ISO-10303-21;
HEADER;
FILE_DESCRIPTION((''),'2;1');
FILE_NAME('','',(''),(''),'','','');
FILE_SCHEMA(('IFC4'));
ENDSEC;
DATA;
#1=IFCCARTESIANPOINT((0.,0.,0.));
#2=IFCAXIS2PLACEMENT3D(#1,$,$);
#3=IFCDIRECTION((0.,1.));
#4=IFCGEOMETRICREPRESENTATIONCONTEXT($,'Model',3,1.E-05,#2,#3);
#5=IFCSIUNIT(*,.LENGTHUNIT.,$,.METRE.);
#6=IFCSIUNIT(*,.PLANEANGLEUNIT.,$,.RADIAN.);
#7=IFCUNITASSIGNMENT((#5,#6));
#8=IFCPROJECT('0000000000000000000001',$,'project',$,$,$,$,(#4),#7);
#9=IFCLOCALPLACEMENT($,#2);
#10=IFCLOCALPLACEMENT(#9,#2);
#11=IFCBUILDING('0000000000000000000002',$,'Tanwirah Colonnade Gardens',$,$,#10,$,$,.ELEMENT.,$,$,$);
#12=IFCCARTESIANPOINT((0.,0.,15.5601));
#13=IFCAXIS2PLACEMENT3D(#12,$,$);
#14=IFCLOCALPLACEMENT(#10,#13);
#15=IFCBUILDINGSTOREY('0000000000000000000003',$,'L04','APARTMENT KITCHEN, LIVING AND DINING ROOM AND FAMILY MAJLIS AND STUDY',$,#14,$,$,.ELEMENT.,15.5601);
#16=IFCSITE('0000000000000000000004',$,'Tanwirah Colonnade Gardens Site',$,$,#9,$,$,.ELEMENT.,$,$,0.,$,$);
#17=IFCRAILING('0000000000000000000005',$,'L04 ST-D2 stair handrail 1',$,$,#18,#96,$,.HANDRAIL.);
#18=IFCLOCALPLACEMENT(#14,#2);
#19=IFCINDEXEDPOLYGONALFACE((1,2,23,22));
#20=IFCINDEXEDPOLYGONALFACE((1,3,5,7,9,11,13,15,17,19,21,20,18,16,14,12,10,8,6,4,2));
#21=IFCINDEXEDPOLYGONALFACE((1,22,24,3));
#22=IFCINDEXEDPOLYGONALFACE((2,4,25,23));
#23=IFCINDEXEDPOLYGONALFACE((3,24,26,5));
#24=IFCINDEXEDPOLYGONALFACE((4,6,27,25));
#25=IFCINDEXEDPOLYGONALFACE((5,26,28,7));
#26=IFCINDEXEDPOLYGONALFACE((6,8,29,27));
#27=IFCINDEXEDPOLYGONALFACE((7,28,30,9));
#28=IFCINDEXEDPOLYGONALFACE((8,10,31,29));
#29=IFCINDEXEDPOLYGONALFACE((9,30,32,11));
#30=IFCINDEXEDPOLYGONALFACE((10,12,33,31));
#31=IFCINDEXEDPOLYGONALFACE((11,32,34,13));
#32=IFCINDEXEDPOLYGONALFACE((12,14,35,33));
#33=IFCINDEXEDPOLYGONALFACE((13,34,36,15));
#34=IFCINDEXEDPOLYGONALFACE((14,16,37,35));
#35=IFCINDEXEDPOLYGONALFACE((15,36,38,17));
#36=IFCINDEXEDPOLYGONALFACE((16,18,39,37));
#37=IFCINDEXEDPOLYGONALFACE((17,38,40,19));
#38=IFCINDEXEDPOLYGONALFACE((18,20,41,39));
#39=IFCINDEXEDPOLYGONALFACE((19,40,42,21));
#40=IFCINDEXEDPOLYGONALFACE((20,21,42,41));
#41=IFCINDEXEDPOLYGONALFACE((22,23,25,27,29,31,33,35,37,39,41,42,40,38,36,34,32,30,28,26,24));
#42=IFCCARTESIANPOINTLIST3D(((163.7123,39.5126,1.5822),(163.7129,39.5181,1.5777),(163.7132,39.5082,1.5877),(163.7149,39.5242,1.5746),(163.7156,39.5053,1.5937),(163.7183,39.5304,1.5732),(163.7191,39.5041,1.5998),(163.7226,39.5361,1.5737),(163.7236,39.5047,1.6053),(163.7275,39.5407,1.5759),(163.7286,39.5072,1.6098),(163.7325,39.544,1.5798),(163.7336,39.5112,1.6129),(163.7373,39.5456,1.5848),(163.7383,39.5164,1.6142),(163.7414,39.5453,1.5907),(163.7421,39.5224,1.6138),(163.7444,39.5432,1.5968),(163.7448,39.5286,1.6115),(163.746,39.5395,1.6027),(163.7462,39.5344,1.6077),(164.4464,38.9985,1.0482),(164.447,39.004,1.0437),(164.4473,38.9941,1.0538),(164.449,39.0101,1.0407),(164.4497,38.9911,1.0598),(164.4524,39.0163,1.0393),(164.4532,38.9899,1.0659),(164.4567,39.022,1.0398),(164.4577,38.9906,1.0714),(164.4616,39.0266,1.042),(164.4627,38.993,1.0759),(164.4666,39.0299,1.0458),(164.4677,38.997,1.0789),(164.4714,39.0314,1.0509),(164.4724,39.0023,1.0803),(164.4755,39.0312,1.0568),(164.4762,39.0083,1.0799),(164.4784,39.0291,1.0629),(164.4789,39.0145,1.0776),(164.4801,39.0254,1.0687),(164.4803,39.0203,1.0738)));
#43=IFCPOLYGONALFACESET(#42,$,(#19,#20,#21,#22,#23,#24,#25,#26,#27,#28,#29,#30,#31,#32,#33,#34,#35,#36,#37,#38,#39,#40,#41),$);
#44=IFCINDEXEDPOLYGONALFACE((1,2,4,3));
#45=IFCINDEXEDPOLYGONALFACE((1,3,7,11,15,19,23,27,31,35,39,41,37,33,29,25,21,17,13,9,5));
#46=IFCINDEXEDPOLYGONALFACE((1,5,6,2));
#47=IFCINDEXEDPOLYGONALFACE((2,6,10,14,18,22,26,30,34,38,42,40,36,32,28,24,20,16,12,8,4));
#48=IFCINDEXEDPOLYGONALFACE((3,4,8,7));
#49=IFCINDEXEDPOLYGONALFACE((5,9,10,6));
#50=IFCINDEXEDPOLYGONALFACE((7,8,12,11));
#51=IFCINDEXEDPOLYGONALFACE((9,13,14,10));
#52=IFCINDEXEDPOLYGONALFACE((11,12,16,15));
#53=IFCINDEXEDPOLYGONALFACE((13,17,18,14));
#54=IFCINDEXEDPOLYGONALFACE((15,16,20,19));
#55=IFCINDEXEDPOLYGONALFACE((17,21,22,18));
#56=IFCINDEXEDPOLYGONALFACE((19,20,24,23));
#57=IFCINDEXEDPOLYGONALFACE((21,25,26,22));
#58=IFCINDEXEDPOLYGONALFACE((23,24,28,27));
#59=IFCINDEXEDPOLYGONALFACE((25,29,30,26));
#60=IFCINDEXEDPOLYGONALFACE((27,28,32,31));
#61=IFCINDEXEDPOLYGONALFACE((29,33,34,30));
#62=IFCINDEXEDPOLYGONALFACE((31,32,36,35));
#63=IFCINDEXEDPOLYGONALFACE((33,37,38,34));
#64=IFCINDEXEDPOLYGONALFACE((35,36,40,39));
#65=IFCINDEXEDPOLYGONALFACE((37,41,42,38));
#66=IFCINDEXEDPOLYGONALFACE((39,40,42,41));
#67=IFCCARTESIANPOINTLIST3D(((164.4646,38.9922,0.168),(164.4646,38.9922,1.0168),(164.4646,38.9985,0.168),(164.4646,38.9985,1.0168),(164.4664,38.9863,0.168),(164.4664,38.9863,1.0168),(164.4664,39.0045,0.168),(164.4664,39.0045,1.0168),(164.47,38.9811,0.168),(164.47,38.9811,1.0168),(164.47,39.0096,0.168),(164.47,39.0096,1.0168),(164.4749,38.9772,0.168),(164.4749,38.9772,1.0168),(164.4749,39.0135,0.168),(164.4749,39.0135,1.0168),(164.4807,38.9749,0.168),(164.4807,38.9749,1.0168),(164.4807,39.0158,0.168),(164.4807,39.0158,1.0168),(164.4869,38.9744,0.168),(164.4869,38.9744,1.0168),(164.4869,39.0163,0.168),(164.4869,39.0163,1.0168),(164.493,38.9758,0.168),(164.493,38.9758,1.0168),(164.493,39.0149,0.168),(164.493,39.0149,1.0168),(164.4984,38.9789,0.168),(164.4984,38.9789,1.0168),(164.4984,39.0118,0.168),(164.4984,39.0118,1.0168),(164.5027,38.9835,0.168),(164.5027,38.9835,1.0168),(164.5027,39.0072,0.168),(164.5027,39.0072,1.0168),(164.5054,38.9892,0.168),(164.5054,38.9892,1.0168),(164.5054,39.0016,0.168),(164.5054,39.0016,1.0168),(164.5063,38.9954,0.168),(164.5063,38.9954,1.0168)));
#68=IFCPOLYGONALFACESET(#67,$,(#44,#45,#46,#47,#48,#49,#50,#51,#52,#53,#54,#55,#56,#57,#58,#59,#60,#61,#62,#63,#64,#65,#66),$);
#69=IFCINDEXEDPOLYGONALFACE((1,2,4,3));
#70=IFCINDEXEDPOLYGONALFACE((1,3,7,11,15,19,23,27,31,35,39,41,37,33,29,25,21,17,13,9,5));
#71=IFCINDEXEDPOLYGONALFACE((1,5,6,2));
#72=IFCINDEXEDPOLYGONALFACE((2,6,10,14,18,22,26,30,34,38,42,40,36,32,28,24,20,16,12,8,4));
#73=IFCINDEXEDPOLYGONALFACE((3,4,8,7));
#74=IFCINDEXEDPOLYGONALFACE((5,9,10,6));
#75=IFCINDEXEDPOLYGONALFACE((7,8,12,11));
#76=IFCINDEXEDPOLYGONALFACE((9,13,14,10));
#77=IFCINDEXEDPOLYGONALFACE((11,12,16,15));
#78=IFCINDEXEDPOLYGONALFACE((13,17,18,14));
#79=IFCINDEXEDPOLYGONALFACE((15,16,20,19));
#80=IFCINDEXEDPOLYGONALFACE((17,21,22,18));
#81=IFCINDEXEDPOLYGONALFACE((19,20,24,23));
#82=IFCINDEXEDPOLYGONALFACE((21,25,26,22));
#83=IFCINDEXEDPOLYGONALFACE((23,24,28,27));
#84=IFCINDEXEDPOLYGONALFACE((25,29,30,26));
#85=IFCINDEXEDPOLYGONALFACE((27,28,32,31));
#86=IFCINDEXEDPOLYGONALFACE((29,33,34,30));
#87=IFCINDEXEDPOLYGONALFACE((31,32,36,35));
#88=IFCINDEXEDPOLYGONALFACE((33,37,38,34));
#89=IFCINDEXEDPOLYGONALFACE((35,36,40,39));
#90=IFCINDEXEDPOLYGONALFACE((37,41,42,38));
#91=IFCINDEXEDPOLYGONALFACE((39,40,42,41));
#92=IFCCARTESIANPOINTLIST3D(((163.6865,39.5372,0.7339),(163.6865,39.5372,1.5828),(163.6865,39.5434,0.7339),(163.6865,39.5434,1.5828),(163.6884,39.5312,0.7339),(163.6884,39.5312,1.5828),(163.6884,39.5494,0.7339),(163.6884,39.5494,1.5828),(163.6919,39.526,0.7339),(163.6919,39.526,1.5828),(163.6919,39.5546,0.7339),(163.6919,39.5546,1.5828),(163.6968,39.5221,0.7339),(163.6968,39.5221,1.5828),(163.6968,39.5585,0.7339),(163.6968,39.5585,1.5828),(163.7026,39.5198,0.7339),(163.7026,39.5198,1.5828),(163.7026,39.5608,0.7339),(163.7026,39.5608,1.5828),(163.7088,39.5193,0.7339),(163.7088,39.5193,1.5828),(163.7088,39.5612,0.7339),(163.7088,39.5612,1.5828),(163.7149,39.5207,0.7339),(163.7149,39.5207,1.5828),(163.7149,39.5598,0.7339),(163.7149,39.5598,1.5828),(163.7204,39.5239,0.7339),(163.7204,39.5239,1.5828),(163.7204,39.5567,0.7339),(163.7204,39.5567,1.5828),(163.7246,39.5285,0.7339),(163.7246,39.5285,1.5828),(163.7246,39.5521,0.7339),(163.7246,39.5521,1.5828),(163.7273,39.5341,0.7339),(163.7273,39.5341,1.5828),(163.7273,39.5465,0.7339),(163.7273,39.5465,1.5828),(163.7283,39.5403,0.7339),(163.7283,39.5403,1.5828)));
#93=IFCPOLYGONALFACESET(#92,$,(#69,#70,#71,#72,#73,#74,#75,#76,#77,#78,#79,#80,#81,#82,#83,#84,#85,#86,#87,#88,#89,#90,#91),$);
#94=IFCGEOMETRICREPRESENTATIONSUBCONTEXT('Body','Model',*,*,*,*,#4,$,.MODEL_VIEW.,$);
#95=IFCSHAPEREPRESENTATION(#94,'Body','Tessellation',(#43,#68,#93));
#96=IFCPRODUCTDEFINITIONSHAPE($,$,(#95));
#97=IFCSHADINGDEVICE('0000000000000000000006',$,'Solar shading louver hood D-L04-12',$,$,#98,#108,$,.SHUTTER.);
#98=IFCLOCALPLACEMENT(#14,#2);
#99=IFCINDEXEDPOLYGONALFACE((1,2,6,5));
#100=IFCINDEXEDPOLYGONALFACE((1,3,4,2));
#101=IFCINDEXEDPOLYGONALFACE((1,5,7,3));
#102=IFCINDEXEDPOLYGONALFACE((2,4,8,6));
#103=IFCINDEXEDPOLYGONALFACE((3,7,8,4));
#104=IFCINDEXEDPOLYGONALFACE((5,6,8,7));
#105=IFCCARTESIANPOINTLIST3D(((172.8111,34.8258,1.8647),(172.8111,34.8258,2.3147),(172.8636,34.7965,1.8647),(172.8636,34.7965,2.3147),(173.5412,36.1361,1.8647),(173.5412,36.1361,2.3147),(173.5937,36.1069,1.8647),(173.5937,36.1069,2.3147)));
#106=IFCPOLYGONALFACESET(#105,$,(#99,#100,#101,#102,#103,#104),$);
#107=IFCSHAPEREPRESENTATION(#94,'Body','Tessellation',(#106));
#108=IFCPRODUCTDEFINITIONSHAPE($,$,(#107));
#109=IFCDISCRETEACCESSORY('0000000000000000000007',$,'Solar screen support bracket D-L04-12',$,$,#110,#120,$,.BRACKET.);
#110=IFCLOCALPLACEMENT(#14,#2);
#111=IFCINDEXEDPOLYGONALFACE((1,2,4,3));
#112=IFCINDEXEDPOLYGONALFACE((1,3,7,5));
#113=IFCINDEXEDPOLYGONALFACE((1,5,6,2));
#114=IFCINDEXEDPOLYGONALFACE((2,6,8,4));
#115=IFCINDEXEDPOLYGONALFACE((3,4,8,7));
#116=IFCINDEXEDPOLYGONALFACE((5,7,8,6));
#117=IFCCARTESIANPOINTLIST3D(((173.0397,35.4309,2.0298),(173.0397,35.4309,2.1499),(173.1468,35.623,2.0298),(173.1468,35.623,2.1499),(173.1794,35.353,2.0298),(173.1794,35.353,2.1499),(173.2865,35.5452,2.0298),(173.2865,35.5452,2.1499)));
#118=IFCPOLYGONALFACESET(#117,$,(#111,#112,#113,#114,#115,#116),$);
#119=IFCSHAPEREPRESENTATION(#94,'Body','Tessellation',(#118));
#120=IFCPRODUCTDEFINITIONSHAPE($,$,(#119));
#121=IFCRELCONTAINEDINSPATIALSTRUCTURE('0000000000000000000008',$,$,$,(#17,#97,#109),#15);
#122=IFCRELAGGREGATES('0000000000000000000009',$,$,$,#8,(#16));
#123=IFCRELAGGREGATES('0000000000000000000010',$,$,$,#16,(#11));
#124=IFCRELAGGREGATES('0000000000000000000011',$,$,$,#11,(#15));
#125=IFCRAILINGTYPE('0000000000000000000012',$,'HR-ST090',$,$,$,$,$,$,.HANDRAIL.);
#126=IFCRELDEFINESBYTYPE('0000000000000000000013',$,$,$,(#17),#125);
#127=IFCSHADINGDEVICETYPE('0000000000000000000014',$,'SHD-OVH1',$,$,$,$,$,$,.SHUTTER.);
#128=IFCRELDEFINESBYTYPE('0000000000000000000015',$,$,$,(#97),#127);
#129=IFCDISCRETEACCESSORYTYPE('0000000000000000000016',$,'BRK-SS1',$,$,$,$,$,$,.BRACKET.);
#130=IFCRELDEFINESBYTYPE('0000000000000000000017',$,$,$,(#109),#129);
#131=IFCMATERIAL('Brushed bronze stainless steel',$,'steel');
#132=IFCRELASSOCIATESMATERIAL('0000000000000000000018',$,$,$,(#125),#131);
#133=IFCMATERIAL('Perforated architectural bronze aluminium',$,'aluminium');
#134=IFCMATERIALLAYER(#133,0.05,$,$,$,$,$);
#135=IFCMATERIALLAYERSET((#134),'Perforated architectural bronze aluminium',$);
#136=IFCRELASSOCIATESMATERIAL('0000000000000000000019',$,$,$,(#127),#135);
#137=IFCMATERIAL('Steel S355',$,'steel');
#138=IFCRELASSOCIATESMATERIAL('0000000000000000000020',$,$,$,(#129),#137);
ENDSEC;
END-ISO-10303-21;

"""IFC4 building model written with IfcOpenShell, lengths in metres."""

from ifc_helpers import new_model, si_unit, direction, frame, origin, origin_2d, place, context, subcontext, project, spatial, rectangle, circle, extrude, material, layer, layer_set, type_object, element, save


model = new_model("IFC4")

# Units and contexts
model_context = context("Model", 3, precision=1e-05, world=origin(), true_north=direction((0.0, 1.0)))
body_context = subcontext(model_context, "Body", "Model", "MODEL_VIEW")
ifc_project = project(units=[si_unit("LENGTHUNIT", "METRE"), si_unit("PLANEANGLEUNIT", "RADIAN")], contexts=[model_context])

# Site, building, storey
site_placement = place(None, origin())
site = spatial("IfcSite", under=ifc_project, at=site_placement, Name="Tanwirah Colonnade Gardens Site", CompositionType="ELEMENT", RefElevation=0.0)
building_placement = place(site_placement, origin())
building = spatial("IfcBuilding", under=site, at=building_placement, Name="Tanwirah Colonnade Gardens", CompositionType="ELEMENT")
storey_placement = place(building_placement, frame((0.0, 0.0, 15.5601)))
storey = spatial("IfcBuildingStorey", under=building, at=storey_placement, Name="L04", Description="APARTMENT KITCHEN, LIVING AND DINING ROOM AND FAMILY MAJLIS AND STUDY", CompositionType="ELEMENT", Elevation=15.5601)

# Railing
ifc_material_1 = material(Name="Brushed bronze stainless steel", Category="steel")
railing_type_1 = type_object("IfcRailingType", Name="HR-ST090", PredefinedType="HANDRAIL", material=ifc_material_1)
railing_1_placement = place(storey_placement, frame((164.4854, 38.9954, 0.168)))
element("IfcRailing", 1, at=railing_1_placement, inside=storey, type_object=railing_type_1, Name="L04 ST-D2 stair handrail 1", PredefinedType="HANDRAIL", context=body_context, shape_type="SweptSolid", body=[
    extrude(circle(Radius=0.0239, at=origin_2d()), frame((-0.022, 0.0154, 0.8918), z_axis=(-0.703686, 0.492823, 0.511812), x_axis=(-0.573652, -0.819099, 0.0)), (0.0, 0.0, 1.0), 1.0432),
    extrude(circle(Radius=0.021, at=origin_2d()), origin(), (0.0, 0.0, 1.0), 0.8489),
    extrude(circle(Radius=0.021, at=origin_2d()), frame((-0.7781, 0.5449, 0.5659)), (0.0, 0.0, 1.0), 0.8489),
])

# Shading device
ifc_material_2 = material(Name="Perforated architectural bronze aluminium", Category="aluminium")
ifc_layer_1 = layer(ifc_material_2, 0.05)
ifc_layer_set_1 = layer_set([ifc_layer_1], Name="Perforated architectural bronze aluminium")
shading_device_type = type_object("IfcShadingDeviceType", Name="SHD-OVH1", PredefinedType="SHUTTER", material=ifc_layer_set_1)
shading_device_placement = place(storey_placement, frame((173.2024, 35.4663, 1.8647), z_axis=(0.0, 0.0, 1.0), x_axis=(0.486717, 0.873559, 0.0)))
element("IfcShadingDevice", 2, at=shading_device_placement, inside=storey, type_object=shading_device_type, Name="Solar shading louver hood D-L04-12", PredefinedType="SHUTTER", context=body_context, shape_type="SweptSolid", body=[
    extrude(rectangle(XDim=1.5, YDim=0.0601, at=origin_2d()), origin(), (0.0, 0.0, 1.0), 0.45),
])

# Discrete accessory
ifc_material_3 = material(Name="Steel S355", Category="steel")
discrete_accessory_type = type_object("IfcDiscreteAccessoryType", Name="BRK-SS1", PredefinedType="BRACKET", material=ifc_material_3)
discrete_accessory_placement = place(storey_placement, frame((173.1631, 35.488, 2.0298), z_axis=(0.0, 0.0, 1.0), x_axis=(0.486717, 0.873559, 0.0)))
element("IfcDiscreteAccessory", 3, at=discrete_accessory_placement, inside=storey, type_object=discrete_accessory_type, Name="Solar screen support bracket D-L04-12", PredefinedType="BRACKET", context=body_context, shape_type="SweptSolid", body=[
    extrude(rectangle(XDim=0.22, YDim=0.1599, at=origin_2d()), origin(), (0.0, 0.0, 1.0), 0.1201),
])

save(model, "model.ifc")
